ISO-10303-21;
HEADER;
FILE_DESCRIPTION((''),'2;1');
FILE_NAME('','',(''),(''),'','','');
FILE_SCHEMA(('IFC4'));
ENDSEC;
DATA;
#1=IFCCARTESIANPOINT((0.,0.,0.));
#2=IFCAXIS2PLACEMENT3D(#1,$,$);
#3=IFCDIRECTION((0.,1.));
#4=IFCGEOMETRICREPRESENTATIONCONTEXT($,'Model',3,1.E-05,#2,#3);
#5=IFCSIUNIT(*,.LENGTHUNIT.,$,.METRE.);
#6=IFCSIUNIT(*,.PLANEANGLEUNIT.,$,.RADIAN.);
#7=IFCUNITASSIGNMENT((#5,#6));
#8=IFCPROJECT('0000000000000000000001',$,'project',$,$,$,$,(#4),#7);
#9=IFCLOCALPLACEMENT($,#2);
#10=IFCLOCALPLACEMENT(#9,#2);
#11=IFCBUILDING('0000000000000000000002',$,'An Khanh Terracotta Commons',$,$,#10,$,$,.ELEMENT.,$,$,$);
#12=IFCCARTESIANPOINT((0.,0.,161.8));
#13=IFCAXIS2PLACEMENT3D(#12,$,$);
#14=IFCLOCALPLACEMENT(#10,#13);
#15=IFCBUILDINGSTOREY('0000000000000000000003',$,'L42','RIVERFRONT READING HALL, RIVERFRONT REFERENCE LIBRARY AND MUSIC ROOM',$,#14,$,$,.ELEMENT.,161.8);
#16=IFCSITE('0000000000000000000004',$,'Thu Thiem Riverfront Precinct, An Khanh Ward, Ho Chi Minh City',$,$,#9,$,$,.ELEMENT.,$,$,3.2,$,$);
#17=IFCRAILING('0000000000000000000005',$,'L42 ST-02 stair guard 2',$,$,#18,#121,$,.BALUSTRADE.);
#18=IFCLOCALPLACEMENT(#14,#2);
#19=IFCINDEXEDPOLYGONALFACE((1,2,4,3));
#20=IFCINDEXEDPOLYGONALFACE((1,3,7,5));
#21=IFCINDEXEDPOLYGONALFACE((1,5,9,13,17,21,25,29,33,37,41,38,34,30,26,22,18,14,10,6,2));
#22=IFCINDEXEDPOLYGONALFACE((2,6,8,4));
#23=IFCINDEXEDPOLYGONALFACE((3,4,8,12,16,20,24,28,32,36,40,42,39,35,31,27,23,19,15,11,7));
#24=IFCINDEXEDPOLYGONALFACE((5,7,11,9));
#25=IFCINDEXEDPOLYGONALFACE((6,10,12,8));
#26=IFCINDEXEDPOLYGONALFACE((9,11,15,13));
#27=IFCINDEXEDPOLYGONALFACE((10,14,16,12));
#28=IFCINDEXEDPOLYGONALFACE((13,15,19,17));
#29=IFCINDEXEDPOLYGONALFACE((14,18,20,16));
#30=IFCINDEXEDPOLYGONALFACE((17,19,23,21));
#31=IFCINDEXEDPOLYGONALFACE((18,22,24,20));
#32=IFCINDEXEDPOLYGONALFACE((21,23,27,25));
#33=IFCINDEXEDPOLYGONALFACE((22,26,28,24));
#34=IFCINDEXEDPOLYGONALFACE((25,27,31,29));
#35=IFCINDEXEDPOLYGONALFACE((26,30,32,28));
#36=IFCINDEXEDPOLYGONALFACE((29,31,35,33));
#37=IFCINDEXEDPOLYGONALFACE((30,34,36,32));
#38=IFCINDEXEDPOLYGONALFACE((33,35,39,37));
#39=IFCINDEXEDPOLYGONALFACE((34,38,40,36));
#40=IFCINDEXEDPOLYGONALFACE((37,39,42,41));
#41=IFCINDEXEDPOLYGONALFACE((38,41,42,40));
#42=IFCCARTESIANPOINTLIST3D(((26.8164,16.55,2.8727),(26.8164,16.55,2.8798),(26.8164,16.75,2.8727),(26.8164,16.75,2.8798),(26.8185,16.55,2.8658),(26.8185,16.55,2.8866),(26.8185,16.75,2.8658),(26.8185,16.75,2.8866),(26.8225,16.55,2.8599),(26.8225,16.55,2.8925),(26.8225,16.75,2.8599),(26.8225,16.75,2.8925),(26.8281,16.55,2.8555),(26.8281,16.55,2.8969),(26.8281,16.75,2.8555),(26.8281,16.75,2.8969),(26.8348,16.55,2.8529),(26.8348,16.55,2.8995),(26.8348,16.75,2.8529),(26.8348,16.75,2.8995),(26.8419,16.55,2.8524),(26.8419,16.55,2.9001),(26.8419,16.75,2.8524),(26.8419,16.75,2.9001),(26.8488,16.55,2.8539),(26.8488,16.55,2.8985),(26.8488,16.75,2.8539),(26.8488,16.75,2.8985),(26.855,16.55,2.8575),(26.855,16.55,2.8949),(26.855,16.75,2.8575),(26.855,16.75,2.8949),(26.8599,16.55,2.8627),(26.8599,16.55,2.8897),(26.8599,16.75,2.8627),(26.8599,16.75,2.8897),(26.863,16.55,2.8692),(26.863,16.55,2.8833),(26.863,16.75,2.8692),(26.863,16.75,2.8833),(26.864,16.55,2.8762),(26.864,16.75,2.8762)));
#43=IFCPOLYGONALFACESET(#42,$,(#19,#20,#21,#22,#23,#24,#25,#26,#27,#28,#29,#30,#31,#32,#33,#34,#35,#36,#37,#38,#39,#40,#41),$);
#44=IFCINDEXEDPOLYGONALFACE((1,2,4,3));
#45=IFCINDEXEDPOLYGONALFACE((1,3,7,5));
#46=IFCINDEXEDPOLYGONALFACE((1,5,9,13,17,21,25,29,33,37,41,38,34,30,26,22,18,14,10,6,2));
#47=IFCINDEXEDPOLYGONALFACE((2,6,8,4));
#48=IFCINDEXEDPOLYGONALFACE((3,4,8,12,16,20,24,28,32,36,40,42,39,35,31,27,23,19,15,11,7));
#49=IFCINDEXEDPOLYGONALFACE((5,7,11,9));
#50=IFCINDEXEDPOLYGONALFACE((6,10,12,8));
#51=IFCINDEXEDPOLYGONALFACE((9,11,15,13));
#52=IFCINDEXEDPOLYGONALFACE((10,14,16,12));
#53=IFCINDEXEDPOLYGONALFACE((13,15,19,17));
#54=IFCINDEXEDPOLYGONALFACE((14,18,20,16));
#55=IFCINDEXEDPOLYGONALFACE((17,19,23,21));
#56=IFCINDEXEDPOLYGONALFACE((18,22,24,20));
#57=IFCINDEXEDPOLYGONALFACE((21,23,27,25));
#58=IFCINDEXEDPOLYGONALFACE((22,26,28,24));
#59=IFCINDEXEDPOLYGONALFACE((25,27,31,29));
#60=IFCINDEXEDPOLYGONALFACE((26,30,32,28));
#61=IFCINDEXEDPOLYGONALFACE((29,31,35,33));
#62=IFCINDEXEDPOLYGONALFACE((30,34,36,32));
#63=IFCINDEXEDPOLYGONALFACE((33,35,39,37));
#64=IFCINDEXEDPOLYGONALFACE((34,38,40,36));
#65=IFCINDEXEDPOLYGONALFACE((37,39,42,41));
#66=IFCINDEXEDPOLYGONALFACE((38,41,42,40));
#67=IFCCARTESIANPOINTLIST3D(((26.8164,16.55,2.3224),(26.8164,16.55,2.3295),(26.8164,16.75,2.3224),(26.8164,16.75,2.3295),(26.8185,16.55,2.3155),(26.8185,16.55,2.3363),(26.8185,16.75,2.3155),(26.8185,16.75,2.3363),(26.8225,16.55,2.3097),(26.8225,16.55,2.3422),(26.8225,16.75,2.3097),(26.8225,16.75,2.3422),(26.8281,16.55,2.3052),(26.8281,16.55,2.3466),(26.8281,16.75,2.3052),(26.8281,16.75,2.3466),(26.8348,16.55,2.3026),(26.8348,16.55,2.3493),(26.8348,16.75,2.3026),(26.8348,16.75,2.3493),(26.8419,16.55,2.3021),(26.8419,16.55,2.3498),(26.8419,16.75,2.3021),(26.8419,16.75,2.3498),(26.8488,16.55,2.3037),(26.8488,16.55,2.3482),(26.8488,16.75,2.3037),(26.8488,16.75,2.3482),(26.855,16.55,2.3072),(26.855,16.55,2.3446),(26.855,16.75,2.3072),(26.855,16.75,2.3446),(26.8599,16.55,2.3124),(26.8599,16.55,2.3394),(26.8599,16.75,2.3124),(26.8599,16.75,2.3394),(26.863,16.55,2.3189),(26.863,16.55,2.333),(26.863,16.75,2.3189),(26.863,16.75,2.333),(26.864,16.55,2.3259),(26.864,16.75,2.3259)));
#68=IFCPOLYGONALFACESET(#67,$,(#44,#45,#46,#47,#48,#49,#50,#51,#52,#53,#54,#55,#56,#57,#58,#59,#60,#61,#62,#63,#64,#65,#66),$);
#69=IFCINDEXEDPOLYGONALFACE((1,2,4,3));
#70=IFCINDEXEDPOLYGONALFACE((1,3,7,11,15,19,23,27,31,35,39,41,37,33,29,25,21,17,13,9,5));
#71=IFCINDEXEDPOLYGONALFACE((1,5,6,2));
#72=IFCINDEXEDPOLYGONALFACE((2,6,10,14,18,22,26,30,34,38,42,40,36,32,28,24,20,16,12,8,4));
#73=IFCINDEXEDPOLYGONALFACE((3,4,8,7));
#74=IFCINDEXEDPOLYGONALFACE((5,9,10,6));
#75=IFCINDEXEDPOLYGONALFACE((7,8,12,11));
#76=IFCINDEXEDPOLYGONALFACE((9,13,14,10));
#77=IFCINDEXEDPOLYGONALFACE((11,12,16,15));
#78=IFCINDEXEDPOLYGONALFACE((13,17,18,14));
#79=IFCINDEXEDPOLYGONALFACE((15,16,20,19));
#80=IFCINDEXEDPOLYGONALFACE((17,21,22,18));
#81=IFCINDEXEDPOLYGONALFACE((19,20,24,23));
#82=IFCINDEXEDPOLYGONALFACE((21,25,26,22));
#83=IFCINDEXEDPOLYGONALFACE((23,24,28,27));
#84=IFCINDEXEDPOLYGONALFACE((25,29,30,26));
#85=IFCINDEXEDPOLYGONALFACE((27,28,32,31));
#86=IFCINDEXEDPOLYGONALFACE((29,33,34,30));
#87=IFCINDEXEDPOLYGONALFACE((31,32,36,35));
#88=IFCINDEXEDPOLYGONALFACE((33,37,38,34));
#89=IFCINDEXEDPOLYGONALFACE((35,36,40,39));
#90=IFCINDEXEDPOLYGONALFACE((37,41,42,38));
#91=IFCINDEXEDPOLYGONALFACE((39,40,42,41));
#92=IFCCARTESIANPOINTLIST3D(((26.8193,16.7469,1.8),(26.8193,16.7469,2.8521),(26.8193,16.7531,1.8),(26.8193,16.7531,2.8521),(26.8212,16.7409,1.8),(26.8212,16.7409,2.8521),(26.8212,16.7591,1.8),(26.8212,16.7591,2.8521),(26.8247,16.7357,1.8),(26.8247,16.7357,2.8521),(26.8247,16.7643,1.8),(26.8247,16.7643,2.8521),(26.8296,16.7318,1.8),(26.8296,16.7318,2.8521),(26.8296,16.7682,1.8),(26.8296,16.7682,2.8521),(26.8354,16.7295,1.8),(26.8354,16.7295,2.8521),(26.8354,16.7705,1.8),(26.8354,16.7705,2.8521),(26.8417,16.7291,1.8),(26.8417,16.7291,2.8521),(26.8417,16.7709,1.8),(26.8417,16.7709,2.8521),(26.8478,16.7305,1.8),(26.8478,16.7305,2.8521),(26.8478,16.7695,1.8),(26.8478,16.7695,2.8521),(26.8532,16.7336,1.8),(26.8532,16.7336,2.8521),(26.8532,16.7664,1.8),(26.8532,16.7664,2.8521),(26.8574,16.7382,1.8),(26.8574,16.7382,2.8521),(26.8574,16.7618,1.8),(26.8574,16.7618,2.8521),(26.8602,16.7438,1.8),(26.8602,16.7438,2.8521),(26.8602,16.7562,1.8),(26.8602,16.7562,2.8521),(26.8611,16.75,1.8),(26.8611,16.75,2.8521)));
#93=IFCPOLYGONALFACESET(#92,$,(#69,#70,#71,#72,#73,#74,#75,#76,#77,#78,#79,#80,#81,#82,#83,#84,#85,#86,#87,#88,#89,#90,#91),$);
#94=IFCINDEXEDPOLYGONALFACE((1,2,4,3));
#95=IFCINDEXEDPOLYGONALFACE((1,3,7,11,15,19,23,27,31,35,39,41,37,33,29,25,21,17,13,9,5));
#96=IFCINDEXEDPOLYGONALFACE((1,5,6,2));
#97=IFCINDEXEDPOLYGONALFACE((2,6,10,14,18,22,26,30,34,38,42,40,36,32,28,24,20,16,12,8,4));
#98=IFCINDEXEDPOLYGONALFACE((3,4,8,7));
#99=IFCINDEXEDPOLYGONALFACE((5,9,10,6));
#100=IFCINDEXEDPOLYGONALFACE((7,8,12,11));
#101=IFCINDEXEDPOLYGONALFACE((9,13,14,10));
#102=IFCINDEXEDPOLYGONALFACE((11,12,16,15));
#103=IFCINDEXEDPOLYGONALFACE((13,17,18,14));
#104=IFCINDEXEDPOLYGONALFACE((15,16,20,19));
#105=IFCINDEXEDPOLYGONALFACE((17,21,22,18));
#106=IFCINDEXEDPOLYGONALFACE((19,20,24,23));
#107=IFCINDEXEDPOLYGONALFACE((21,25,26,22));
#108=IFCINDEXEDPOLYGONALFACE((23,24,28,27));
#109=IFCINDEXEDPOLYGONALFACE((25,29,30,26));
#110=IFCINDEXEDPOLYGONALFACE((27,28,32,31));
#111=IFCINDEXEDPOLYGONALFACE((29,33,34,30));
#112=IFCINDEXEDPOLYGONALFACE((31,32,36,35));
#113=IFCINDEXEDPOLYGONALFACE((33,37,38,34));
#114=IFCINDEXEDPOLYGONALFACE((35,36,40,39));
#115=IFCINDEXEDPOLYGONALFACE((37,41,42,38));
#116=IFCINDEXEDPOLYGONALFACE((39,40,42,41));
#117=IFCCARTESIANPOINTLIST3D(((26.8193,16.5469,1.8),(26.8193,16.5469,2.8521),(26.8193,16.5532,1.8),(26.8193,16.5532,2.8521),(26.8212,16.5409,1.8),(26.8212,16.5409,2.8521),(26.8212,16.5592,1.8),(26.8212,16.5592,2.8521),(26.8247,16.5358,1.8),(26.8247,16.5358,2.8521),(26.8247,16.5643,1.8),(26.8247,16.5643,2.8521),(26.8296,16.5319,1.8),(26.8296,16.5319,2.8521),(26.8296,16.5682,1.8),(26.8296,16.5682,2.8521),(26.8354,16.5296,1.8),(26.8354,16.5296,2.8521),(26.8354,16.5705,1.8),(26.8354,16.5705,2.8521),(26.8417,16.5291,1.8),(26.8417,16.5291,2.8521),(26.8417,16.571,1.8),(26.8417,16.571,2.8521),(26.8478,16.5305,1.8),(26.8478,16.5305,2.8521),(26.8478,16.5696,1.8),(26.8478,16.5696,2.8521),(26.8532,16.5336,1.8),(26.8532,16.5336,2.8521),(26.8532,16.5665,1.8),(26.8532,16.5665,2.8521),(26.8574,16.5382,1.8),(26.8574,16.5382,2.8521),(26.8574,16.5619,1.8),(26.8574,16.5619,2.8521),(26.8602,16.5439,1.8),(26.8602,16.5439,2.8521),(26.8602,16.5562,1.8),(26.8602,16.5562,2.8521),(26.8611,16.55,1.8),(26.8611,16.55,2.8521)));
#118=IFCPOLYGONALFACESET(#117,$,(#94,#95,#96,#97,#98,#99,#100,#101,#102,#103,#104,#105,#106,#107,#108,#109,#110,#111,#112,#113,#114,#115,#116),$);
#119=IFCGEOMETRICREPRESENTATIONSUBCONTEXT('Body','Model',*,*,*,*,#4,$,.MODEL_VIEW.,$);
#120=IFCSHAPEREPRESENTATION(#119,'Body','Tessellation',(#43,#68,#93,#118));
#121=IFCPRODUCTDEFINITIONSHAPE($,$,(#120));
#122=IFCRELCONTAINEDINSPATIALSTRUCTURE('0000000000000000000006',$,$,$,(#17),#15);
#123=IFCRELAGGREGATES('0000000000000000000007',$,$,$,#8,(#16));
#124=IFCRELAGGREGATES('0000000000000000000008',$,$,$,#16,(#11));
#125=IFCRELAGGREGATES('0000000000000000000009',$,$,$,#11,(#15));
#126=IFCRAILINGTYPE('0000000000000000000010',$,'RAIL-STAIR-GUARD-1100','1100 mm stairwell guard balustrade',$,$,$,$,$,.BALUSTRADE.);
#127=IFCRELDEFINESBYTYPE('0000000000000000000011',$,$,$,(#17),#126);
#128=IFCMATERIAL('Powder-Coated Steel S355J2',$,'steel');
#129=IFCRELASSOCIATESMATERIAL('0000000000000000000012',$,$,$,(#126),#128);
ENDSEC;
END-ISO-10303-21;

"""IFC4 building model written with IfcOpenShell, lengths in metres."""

from ifc_helpers import new_model, si_unit, direction, frame, origin, origin_2d, place, context, subcontext, project, spatial, circle, extrude, material, type_object, element, save


model = new_model("IFC4")

# Units and contexts
model_context = context("Model", 3, precision=1e-05, world=origin(), true_north=direction((0.0, 1.0)))
body_context = subcontext(model_context, "Body", "Model", "MODEL_VIEW")
ifc_project = project(units=[si_unit("LENGTHUNIT", "METRE"), si_unit("PLANEANGLEUNIT", "RADIAN")], contexts=[model_context])

# Site, building, storey
site_placement = place(None, origin())
site = spatial("IfcSite", under=ifc_project, at=site_placement, Name="Thu Thiem Riverfront Precinct, An Khanh Ward, Ho Chi Minh City", CompositionType="ELEMENT", RefElevation=3.2)
building_placement = place(site_placement, origin())
building = spatial("IfcBuilding", under=site, at=building_placement, Name="An Khanh Terracotta Commons", CompositionType="ELEMENT")
storey_placement = place(building_placement, frame((0.0, 0.0, 161.8)))
storey = spatial("IfcBuildingStorey", under=building, at=storey_placement, Name="L42", Description="RIVERFRONT READING HALL, RIVERFRONT REFERENCE LIBRARY AND MUSIC ROOM", CompositionType="ELEMENT", Elevation=161.8)

# Railing
ifc_material_1 = material(Name="Powder-Coated Steel S355J2", Category="steel")
railing_type_1 = type_object("IfcRailingType", Name="RAIL-STAIR-GUARD-1100", Description="1100 mm stairwell guard balustrade", PredefinedType="BALUSTRADE", material=ifc_material_1)
railing_1_placement = place(storey_placement, frame((26.8401, 16.75, 1.8)))
element("IfcRailing", 1, at=railing_1_placement, inside=storey, type_object=railing_type_1, Name="L42 ST-02 stair guard 2", PredefinedType="BALUSTRADE", context=body_context, shape_type="SweptSolid", body=[
    extrude(circle(Radius=0.0239, at=origin_2d()), frame((0.0, 0.0, 1.0762), z_axis=(0.0, -1.0, 0.0), x_axis=(1.0, 0.0, 0.0)), (0.0, 0.0, 1.0), 0.2),
    extrude(circle(Radius=0.0239, at=origin_2d()), frame((0.0, 0.0, 0.5259), z_axis=(0.0, -1.0, 0.0), x_axis=(1.0, 0.0, 0.0)), (0.0, 0.0, 1.0), 0.2),
    extrude(circle(Radius=0.021, at=origin_2d()), origin(), (0.0, 0.0, 1.0), 1.052),
    extrude(circle(Radius=0.021, at=origin_2d()), frame((0.0, -0.2, 0.0)), (0.0, 0.0, 1.0), 1.052),
])

save(model, "model.ifc")
